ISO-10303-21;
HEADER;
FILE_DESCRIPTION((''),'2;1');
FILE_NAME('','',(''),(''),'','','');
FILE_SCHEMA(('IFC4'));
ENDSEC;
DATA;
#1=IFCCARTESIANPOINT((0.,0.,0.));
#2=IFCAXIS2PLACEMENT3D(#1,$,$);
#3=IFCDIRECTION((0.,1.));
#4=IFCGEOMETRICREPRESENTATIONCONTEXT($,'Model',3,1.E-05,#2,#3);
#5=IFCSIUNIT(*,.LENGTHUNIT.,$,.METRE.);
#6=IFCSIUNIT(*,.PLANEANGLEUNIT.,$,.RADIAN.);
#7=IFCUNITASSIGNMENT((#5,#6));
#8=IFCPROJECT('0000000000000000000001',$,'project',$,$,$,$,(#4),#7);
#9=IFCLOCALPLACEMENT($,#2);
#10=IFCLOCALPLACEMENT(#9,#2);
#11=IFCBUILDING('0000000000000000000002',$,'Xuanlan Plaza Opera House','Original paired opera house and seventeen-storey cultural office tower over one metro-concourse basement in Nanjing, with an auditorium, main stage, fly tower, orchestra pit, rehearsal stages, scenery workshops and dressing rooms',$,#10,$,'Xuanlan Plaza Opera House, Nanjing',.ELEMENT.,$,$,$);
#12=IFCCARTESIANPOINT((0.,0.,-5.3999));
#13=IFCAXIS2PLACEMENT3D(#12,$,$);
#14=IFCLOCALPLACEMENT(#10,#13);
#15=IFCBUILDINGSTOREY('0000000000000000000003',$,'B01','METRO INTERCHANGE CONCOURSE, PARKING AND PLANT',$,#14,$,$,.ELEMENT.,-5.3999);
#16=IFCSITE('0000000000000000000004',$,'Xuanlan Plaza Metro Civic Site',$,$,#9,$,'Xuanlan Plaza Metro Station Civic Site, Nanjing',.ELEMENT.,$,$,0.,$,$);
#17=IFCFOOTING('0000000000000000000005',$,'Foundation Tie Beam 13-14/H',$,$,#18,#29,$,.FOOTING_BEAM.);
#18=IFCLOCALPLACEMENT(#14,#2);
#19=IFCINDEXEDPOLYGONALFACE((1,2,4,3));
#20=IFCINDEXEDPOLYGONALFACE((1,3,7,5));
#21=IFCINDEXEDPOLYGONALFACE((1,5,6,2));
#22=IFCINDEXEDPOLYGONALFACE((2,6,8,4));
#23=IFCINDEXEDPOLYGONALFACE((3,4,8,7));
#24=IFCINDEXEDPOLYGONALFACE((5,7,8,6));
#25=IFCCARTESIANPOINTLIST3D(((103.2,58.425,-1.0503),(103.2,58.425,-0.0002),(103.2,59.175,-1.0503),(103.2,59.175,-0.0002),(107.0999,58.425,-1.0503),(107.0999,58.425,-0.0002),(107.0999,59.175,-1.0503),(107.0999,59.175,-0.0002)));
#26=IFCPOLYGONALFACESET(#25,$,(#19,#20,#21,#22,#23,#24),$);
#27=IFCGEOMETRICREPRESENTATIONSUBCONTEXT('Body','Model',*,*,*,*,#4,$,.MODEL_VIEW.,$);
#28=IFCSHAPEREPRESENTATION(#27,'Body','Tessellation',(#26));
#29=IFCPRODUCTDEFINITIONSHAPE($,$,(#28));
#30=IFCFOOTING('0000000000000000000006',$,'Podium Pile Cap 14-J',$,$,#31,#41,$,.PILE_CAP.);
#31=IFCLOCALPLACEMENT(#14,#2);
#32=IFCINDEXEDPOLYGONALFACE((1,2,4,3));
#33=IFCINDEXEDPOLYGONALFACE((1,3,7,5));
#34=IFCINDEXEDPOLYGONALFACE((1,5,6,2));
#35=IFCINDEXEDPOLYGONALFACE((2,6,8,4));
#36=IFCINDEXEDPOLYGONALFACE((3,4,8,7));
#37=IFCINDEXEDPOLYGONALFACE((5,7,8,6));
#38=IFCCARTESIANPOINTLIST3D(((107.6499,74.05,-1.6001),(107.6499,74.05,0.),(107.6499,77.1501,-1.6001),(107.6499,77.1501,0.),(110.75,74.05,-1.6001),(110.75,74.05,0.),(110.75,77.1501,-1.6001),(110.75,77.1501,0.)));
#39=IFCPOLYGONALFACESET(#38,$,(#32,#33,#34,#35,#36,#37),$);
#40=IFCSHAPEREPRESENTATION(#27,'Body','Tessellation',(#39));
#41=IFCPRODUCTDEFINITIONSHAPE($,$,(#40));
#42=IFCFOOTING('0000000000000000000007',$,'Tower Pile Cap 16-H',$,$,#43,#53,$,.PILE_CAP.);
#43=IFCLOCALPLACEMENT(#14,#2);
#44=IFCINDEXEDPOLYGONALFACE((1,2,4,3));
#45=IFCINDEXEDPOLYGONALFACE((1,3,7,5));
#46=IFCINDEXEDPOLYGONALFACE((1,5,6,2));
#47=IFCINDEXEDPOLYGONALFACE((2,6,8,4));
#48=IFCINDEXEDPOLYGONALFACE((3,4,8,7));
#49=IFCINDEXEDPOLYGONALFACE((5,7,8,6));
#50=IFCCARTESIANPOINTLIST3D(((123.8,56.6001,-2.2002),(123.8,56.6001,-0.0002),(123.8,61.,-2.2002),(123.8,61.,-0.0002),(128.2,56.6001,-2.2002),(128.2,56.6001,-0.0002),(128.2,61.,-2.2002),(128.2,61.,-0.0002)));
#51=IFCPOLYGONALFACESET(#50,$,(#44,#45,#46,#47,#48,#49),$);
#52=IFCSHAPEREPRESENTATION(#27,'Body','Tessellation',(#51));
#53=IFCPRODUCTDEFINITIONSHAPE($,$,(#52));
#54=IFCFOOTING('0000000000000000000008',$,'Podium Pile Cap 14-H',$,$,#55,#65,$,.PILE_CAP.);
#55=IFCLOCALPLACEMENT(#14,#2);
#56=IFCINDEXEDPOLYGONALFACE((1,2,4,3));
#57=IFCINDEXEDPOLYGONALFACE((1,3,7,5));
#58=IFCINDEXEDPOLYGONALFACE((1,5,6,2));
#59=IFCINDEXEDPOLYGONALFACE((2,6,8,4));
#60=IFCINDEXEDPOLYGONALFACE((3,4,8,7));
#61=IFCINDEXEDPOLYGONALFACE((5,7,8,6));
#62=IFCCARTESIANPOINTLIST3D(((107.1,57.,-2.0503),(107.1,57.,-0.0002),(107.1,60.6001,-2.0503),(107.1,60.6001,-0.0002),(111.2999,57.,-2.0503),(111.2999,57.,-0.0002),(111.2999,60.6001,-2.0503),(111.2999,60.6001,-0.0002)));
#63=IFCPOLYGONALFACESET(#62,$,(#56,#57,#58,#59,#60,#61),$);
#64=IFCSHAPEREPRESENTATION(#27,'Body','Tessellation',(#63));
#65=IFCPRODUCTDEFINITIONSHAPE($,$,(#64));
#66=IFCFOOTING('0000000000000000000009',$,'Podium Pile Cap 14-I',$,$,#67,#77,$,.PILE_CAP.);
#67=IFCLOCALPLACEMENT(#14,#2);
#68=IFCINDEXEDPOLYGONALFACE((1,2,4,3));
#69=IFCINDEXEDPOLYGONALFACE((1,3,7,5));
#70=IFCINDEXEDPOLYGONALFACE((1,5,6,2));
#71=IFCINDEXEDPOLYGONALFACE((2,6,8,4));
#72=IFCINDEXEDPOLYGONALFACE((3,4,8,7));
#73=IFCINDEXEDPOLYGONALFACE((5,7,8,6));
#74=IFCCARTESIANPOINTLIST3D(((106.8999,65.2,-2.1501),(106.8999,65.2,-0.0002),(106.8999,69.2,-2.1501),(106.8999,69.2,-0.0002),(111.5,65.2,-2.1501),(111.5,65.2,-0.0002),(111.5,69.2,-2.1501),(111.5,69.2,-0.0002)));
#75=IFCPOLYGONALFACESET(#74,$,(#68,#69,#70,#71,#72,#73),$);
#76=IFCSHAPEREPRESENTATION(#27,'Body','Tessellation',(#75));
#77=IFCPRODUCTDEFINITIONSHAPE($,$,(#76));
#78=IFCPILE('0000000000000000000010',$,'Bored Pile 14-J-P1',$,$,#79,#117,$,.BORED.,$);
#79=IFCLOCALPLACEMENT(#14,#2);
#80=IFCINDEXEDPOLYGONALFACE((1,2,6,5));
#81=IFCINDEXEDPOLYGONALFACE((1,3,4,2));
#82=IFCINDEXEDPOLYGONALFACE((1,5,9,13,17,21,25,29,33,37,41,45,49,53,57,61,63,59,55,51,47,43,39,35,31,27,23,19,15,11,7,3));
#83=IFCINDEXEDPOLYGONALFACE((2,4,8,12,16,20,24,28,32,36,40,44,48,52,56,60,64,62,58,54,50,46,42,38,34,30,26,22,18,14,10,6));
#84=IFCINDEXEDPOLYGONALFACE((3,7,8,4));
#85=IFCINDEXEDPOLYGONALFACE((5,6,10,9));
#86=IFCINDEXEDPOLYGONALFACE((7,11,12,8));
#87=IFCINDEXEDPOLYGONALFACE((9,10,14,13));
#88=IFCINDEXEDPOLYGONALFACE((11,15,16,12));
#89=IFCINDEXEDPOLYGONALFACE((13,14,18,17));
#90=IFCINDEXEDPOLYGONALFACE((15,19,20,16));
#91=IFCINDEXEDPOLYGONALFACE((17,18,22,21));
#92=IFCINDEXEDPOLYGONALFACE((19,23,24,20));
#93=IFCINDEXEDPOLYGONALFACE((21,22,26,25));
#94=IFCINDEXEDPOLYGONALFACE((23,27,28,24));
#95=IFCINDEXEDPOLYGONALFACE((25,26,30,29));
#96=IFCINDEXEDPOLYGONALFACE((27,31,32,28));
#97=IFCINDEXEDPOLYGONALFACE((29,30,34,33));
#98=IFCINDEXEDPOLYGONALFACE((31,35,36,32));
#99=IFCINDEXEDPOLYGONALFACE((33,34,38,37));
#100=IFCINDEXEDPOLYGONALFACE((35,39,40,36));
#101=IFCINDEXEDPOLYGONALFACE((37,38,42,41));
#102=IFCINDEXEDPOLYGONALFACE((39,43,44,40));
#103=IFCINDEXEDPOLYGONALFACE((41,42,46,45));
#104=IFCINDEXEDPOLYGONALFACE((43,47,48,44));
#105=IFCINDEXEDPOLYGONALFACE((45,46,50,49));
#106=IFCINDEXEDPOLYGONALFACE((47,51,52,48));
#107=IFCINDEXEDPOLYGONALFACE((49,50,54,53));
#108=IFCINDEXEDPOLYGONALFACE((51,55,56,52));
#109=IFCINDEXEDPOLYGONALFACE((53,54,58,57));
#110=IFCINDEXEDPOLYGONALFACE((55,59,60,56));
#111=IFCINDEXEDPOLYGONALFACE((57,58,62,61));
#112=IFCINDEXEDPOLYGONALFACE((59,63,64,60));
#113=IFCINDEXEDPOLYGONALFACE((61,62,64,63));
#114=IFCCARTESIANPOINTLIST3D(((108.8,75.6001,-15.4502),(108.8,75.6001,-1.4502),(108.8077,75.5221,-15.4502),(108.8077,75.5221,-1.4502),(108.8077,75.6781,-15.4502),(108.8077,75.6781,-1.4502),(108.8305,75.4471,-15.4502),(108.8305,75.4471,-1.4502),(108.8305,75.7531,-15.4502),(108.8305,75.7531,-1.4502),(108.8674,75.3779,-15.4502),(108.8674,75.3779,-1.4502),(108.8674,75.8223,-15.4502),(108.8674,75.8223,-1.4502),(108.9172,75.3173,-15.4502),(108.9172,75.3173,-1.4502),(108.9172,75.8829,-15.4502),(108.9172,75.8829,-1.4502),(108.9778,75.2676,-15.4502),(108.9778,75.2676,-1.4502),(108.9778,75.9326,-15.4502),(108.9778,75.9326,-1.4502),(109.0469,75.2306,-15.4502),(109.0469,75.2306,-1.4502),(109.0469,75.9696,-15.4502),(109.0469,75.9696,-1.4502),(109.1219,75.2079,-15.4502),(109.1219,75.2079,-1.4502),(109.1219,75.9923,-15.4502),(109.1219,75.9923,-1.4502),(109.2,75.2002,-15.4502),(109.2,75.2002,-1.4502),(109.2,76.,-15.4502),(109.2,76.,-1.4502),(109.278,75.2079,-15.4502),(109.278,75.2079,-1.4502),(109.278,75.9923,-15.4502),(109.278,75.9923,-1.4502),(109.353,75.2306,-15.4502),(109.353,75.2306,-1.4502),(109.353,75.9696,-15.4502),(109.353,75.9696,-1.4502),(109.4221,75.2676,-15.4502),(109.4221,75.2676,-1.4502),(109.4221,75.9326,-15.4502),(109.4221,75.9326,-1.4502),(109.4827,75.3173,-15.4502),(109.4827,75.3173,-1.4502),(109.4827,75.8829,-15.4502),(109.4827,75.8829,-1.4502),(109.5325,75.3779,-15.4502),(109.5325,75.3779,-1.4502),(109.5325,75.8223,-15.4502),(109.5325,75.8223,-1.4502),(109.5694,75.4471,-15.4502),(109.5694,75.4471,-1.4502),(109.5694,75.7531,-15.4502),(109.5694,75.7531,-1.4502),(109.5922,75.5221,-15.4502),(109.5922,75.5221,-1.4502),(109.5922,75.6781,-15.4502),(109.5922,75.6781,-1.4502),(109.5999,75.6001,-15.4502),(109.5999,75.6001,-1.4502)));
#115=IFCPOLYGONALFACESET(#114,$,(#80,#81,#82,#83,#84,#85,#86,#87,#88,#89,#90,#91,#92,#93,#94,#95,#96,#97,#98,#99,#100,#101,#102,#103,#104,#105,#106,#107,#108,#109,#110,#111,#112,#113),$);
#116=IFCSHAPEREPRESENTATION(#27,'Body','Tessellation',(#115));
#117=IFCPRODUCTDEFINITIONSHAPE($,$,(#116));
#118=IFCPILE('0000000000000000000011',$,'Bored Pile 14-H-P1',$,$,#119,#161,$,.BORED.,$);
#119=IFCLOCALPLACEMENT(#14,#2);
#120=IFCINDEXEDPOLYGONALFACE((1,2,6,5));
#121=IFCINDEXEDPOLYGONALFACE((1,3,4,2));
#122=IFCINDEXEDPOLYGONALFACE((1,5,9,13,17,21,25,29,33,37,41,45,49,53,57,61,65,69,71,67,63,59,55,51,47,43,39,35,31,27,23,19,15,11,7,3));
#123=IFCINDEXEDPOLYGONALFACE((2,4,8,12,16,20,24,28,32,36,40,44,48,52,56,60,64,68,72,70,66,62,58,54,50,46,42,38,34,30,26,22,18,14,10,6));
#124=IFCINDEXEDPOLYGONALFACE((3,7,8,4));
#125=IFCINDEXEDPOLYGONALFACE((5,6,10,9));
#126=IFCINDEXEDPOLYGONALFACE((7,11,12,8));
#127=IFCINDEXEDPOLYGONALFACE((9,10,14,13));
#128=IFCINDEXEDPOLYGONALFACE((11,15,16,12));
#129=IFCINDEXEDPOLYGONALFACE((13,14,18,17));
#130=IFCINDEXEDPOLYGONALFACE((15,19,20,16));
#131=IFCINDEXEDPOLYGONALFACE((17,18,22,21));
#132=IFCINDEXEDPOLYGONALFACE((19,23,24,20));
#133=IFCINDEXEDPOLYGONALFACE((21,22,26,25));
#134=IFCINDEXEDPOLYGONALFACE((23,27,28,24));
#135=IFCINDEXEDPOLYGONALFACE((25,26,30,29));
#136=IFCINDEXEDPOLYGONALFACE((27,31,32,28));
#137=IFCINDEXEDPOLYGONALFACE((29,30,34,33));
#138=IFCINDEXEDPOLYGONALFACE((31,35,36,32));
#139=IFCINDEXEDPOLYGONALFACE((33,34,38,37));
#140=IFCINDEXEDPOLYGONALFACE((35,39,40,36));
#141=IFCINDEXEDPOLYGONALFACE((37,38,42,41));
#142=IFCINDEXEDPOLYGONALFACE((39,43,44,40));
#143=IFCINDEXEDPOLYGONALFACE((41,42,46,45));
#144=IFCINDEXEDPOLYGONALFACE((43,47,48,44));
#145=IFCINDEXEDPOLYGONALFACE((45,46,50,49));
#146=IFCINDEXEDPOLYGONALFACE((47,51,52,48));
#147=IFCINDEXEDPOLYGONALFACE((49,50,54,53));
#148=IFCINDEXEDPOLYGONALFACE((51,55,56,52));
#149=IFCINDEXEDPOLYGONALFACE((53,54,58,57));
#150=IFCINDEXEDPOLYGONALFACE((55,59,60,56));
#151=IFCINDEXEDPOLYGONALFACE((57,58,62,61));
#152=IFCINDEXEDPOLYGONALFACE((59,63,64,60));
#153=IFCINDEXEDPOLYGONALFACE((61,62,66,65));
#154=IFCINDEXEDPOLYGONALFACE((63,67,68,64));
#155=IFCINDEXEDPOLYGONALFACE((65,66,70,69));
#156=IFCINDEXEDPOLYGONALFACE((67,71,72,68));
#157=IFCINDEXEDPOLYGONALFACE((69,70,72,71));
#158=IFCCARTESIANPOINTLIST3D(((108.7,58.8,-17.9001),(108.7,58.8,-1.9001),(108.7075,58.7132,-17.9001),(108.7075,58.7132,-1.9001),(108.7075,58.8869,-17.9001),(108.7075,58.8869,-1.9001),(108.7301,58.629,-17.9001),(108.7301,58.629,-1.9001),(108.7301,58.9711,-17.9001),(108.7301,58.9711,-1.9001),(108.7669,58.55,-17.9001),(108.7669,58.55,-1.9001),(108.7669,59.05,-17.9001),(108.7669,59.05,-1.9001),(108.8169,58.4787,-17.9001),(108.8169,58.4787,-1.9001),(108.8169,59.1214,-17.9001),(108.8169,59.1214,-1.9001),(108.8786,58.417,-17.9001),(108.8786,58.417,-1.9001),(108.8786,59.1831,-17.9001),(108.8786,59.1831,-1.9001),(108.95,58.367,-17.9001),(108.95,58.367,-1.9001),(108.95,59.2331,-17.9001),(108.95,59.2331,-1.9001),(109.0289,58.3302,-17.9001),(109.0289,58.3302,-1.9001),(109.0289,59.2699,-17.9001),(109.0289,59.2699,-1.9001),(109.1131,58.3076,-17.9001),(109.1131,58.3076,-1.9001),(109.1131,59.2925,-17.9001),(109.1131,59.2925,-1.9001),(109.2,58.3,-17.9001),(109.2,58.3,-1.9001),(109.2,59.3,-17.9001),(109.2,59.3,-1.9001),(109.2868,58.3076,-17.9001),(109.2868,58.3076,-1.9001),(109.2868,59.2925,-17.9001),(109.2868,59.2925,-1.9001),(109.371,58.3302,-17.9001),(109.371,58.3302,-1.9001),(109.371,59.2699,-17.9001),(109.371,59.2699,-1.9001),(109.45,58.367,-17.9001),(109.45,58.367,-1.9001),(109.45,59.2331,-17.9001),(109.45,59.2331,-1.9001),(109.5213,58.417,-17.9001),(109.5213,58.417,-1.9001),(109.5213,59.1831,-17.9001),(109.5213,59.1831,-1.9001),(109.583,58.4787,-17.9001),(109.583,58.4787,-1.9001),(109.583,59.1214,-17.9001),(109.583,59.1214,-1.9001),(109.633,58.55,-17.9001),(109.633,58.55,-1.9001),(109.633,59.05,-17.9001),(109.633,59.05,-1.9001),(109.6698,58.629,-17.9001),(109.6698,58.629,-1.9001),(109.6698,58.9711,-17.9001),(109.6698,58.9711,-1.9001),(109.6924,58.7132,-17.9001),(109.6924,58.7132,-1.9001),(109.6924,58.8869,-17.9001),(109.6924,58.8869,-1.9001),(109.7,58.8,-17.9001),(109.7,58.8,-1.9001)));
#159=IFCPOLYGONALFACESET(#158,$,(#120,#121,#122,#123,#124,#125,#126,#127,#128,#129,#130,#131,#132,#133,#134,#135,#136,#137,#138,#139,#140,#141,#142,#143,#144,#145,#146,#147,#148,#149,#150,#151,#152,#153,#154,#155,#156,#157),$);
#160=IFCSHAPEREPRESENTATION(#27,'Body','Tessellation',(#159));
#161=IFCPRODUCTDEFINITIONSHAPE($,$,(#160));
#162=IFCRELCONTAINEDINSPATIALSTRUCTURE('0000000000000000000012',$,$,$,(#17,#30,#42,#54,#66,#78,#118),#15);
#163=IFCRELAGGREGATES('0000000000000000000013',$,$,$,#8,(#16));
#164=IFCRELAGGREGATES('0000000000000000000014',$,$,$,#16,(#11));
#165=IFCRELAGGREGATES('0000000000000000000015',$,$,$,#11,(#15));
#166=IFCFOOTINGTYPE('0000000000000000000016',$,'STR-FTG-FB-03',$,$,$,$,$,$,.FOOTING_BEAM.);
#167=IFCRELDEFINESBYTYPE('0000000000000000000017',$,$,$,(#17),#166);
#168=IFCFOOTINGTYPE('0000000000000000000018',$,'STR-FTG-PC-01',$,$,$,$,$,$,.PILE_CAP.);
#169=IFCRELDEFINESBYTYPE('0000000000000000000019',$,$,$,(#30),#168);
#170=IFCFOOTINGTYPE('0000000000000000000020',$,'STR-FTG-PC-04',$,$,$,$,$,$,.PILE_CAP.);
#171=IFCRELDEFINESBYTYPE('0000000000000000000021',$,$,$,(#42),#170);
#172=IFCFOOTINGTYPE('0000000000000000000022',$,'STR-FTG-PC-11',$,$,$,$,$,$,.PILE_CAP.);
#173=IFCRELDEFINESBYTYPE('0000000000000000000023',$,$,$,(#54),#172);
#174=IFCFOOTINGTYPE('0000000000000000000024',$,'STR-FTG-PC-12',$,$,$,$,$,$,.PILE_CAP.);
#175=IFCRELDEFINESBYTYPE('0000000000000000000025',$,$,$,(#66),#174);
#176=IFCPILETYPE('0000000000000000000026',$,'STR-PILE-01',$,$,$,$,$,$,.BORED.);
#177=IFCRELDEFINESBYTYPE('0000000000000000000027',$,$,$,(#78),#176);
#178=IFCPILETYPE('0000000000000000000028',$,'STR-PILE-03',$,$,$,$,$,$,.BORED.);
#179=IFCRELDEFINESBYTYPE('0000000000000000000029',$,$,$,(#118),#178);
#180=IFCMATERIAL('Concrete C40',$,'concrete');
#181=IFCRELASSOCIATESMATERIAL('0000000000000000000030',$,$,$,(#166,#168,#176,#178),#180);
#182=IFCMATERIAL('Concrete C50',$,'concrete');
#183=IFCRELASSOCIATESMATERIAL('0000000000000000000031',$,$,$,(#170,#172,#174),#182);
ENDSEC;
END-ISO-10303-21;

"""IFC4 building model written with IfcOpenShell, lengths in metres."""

from ifc_helpers import new_model, si_unit, direction, frame, origin, origin_2d, place, context, subcontext, project, spatial, rectangle, circle, extrude, material, material_profile, profile_set, type_object, element, save


model = new_model("IFC4")

# Units and contexts
model_context = context("Model", 3, precision=1e-05, world=origin(), true_north=direction((0.0, 1.0)))
body_context = subcontext(model_context, "Body", "Model", "MODEL_VIEW")
ifc_project = project(units=[si_unit("LENGTHUNIT", "METRE"), si_unit("PLANEANGLEUNIT", "RADIAN")], contexts=[model_context])

# Site, building, storey
site_placement = place(None, origin())
site = spatial("IfcSite", under=ifc_project, at=site_placement, Name="Xuanlan Plaza Metro Civic Site", LongName="Xuanlan Plaza Metro Station Civic Site, Nanjing", CompositionType="ELEMENT", RefElevation=0.0)
building_placement = place(site_placement, origin())
building = spatial("IfcBuilding", under=site, at=building_placement, Name="Xuanlan Plaza Opera House", Description="Original paired opera house and seventeen-storey cultural office tower over one metro-concourse basement in Nanjing, with an auditorium, main stage, fly tower, orchestra pit, rehearsal stages, scenery workshops and dressing rooms", LongName="Xuanlan Plaza Opera House, Nanjing", CompositionType="ELEMENT")
storey_placement = place(building_placement, frame((0.0, 0.0, -5.3999)))
storey = spatial("IfcBuildingStorey", under=building, at=storey_placement, Name="B01", Description="METRO INTERCHANGE CONCOURSE, PARKING AND PLANT", CompositionType="ELEMENT", Elevation=-5.3999)

# Footings
ifc_material_1 = material(Name="Concrete C40", Category="concrete")
footing_type_1 = type_object("IfcFootingType", Name="STR-FTG-FB-03", PredefinedType="FOOTING_BEAM", material=ifc_material_1)
footing_1_placement = place(storey_placement, frame((105.1499, 58.8, -1.0503), z_axis=(0.0, 0.0, 1.0), x_axis=(1.0, 0.0, 0.0)))
element("IfcFooting", 1, at=footing_1_placement, inside=storey, type_object=footing_type_1, Name="Foundation Tie Beam 13-14/H", PredefinedType="FOOTING_BEAM", context=body_context, shape_type="SweptSolid", body=[
    extrude(rectangle(XDim=3.8999, YDim=0.75, at=origin_2d()), origin(), (0.0, 0.0, 1.0), 1.05),
])
footing_type_2 = type_object("IfcFootingType", Name="STR-FTG-PC-01", PredefinedType="PILE_CAP", material=ifc_material_1)
footing_2_placement = place(storey_placement, frame((109.2, 75.6001, -1.6001), z_axis=(0.0, 0.0, 1.0), x_axis=(1.0, 0.0, 0.0)))
element("IfcFooting", 2, at=footing_2_placement, inside=storey, type_object=footing_type_2, Name="Podium Pile Cap 14-J", PredefinedType="PILE_CAP", context=body_context, shape_type="SweptSolid", body=[
    extrude(rectangle(XDim=3.1001, YDim=3.1001, at=origin_2d()), origin(), (0.0, 0.0, 1.0), 1.6001),
])
ifc_material_2 = material(Name="Concrete C50", Category="concrete")
footing_type_3 = type_object("IfcFootingType", Name="STR-FTG-PC-04", PredefinedType="PILE_CAP", material=ifc_material_2)
footing_3_placement = place(storey_placement, frame((126.0, 58.8, -2.2002), z_axis=(0.0, 0.0, 1.0), x_axis=(1.0, 0.0, 0.0)))
element("IfcFooting", 3, at=footing_3_placement, inside=storey, type_object=footing_type_3, Name="Tower Pile Cap 16-H", PredefinedType="PILE_CAP", context=body_context, shape_type="SweptSolid", body=[
    extrude(rectangle(XDim=4.3999, YDim=4.3999, at=origin_2d()), origin(), (0.0, 0.0, 1.0), 2.2),
])
footing_type_4 = type_object("IfcFootingType", Name="STR-FTG-PC-11", PredefinedType="PILE_CAP", material=ifc_material_2)
footing_4_placement = place(storey_placement, frame((109.2, 58.8, -2.0503), z_axis=(0.0, 0.0, 1.0), x_axis=(1.0, 0.0, 0.0)))
element("IfcFooting", 4, at=footing_4_placement, inside=storey, type_object=footing_type_4, Name="Podium Pile Cap 14-H", PredefinedType="PILE_CAP", context=body_context, shape_type="SweptSolid", body=[
    extrude(rectangle(XDim=4.2, YDim=3.6001, at=origin_2d()), origin(), (0.0, 0.0, 1.0), 2.05),
])
footing_type_5 = type_object("IfcFootingType", Name="STR-FTG-PC-12", PredefinedType="PILE_CAP", material=ifc_material_2)
footing_5_placement = place(storey_placement, frame((109.2, 67.2, -2.1501), z_axis=(0.0, 0.0, 1.0), x_axis=(1.0, 0.0, 0.0)))
element("IfcFooting", 5, at=footing_5_placement, inside=storey, type_object=footing_type_5, Name="Podium Pile Cap 14-I", PredefinedType="PILE_CAP", context=body_context, shape_type="SweptSolid", body=[
    extrude(rectangle(XDim=4.6001, YDim=4.0, at=origin_2d()), origin(), (0.0, 0.0, 1.0), 2.1499),
])

# Piles
ifc_material_profile_1 = material_profile(ifc_material_1, circle(Radius=0.3999, at=origin_2d()), Name="PILE D800")
ifc_profile_set_1 = profile_set([ifc_material_profile_1], Name="Concrete C40")
pile_type_1 = type_object("IfcPileType", Name="STR-PILE-01", PredefinedType="BORED", material=ifc_profile_set_1)
pile_placement = place(storey_placement, frame((109.2, 75.6001, -1.4502), z_axis=(0.0, 0.0, -1.0), x_axis=(1.0, 0.0, 0.0)))
element("IfcPile", 6, at=pile_placement, inside=storey, type_object=pile_type_1, Name="Bored Pile 14-J-P1", PredefinedType="BORED", context=body_context, shape_type="SweptSolid", body=[
    extrude(circle(Radius=0.3999, at=origin_2d()), origin(), (0.0, 0.0, 1.0), 14.0),
])
ifc_material_profile_2 = material_profile(ifc_material_1, circle(Radius=0.5, at=origin_2d()), Name="PILE D1000")
ifc_profile_set_2 = profile_set([ifc_material_profile_2], Name="Concrete C40")
pile_type_2 = type_object("IfcPileType", Name="STR-PILE-03", PredefinedType="BORED", material=ifc_profile_set_2)
for number, where, z_axis, x_axis, name in (
    (7, (109.2, 58.8, -1.9001), (0.0, 0.0, -1.0), (1.0, 0.0, 0.0), "Bored Pile 14-H-P1"),
):
    element("IfcPile", number, at=place(storey_placement, frame(where, z_axis=z_axis, x_axis=x_axis)), inside=storey, type_object=pile_type_2, Name=name, PredefinedType="BORED", context=body_context, shape_type="SweptSolid", body=[
        extrude(circle(Radius=0.5, at=origin_2d()), origin(), (0.0, 0.0, 1.0), 16.0),
    ])

save(model, "model.ifc")
